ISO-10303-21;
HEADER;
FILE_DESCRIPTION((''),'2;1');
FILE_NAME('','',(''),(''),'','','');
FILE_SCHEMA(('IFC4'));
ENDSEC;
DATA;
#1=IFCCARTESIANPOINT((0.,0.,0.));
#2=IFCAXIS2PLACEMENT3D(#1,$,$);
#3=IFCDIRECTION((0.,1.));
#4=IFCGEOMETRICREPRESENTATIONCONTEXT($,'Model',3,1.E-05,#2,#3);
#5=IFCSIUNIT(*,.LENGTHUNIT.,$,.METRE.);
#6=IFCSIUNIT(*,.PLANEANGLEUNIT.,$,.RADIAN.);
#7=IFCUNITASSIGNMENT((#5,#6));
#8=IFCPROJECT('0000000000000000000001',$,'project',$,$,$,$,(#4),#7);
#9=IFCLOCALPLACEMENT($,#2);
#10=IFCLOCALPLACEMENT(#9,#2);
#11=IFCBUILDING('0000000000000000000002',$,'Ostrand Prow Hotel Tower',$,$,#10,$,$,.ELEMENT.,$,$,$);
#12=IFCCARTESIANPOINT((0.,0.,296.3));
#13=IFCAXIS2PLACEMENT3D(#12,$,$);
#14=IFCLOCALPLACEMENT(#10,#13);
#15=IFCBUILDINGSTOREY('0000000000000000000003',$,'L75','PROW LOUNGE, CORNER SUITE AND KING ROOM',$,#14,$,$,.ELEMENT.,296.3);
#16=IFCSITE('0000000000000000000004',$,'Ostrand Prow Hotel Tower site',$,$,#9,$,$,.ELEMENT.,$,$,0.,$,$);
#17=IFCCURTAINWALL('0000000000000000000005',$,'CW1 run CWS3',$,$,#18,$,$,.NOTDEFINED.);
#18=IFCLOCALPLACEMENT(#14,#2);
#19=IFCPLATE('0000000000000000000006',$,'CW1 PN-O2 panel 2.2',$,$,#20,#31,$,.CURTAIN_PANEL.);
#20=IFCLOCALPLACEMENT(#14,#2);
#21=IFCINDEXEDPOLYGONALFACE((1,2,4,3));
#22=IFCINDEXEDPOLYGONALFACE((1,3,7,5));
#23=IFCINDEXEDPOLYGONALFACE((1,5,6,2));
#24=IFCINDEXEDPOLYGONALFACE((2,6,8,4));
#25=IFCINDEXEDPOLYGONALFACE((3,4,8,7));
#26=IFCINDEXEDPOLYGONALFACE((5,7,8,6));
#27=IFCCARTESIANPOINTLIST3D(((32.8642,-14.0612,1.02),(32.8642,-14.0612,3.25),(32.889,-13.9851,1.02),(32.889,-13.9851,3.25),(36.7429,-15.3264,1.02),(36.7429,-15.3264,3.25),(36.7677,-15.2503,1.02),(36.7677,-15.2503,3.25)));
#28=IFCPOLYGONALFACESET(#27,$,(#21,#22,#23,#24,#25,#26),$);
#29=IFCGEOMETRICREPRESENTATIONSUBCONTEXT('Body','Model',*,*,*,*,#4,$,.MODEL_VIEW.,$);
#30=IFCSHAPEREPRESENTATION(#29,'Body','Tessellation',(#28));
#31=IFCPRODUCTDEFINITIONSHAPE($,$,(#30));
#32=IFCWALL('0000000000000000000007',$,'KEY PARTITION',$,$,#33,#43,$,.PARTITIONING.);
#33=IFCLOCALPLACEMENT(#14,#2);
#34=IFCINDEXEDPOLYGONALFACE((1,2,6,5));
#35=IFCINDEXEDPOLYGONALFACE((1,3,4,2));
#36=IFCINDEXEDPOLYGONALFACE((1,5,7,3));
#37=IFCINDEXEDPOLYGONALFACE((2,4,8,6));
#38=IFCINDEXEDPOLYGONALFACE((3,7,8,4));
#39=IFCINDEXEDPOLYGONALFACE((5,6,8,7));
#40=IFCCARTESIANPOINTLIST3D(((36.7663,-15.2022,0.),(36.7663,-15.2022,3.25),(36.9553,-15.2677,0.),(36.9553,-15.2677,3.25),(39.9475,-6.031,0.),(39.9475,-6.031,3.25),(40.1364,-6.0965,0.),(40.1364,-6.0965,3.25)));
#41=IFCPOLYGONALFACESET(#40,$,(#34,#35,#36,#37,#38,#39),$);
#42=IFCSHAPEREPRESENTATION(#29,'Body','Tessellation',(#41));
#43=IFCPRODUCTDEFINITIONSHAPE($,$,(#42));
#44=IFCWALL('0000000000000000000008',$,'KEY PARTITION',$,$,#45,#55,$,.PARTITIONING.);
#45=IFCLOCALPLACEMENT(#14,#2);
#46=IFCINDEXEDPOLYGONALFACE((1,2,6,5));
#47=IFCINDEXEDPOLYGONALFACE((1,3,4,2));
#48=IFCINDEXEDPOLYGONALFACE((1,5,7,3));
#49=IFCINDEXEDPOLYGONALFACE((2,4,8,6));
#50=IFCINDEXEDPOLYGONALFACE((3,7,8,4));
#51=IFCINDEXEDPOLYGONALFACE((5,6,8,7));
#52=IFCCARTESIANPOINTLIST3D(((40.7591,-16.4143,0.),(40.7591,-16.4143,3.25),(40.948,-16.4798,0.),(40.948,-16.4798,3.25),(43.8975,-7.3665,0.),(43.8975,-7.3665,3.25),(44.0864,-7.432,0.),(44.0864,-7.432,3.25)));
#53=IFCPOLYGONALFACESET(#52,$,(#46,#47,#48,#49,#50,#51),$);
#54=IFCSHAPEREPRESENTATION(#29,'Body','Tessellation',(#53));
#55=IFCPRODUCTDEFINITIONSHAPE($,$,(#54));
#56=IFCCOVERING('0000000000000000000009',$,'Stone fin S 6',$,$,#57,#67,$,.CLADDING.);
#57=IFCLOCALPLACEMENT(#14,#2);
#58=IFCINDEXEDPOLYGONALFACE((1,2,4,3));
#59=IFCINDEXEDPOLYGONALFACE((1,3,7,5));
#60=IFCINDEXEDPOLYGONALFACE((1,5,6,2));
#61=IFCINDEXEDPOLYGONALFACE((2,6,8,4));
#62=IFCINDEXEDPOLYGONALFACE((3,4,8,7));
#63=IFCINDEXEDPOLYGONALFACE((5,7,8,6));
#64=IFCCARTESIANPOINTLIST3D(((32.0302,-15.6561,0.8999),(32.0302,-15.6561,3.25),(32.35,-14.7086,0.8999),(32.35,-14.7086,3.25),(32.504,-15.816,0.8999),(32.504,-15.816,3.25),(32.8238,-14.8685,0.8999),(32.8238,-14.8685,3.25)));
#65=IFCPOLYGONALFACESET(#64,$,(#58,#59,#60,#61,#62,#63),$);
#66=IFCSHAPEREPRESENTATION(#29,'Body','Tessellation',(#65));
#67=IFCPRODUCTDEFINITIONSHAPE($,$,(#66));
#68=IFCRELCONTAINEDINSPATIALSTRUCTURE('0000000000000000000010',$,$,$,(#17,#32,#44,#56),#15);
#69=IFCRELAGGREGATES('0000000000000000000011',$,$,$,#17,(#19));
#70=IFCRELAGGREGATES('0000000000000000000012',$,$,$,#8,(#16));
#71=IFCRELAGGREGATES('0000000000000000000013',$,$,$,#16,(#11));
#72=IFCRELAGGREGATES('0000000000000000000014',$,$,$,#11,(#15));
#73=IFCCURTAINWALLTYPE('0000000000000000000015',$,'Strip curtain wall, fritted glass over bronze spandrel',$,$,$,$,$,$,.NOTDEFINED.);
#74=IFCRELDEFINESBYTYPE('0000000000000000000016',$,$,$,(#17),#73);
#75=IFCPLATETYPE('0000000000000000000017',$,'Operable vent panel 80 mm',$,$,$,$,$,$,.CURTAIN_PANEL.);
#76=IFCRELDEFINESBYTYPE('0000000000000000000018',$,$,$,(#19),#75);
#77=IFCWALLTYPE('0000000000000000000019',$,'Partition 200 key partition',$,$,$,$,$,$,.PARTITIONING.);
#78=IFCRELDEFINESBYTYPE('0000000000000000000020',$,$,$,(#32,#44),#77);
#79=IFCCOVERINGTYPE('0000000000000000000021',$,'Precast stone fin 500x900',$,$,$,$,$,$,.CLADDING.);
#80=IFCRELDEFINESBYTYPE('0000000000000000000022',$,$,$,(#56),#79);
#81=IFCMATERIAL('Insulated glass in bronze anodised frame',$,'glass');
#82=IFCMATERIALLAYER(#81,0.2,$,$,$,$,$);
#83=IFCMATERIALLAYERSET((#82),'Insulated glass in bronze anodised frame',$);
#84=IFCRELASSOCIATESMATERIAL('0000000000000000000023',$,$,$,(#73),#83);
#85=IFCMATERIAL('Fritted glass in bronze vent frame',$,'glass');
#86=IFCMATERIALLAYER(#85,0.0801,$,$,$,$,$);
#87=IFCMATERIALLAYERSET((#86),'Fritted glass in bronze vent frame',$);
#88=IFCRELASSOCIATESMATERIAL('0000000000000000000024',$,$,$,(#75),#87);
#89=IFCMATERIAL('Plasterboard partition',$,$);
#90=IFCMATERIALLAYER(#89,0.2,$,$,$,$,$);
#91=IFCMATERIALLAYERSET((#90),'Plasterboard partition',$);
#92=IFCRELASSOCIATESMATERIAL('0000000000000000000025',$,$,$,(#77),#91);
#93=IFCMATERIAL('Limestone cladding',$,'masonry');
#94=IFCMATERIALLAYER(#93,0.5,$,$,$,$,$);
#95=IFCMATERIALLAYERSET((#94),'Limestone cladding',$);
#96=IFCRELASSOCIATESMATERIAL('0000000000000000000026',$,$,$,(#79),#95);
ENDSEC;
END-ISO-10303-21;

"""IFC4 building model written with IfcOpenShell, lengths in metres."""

from ifc_helpers import new_model, si_unit, direction, frame, frame_2d, origin, origin_2d, place, context, subcontext, project, spatial, rectangle, extrude, material, layer, layer_set, type_object, element, aggregate, save


model = new_model("IFC4")

# Units and contexts
model_context = context("Model", 3, precision=1e-05, world=origin(), true_north=direction((0.0, 1.0)))
body_context = subcontext(model_context, "Body", "Model", "MODEL_VIEW")
ifc_project = project(units=[si_unit("LENGTHUNIT", "METRE"), si_unit("PLANEANGLEUNIT", "RADIAN")], contexts=[model_context])

# Site, building, storey
site_placement = place(None, origin())
site = spatial("IfcSite", under=ifc_project, at=site_placement, Name="Ostrand Prow Hotel Tower site", CompositionType="ELEMENT", RefElevation=0.0)
building_placement = place(site_placement, origin())
building = spatial("IfcBuilding", under=site, at=building_placement, Name="Ostrand Prow Hotel Tower", CompositionType="ELEMENT")
storey_placement = place(building_placement, frame((0.0, 0.0, 296.3)))
storey = spatial("IfcBuildingStorey", under=building, at=storey_placement, Name="L75", Description="PROW LOUNGE, CORNER SUITE AND KING ROOM", CompositionType="ELEMENT", Elevation=296.3)

# Shared definitions
ifc_material_1 = material(Name="Insulated glass in bronze anodised frame", Category="glass")
ifc_layer_1 = layer(ifc_material_1, 0.2)
ifc_layer_set_1 = layer_set([ifc_layer_1], Name="Insulated glass in bronze anodised frame")
curtain_wall_type = type_object("IfcCurtainWallType", Name="Strip curtain wall, fritted glass over bronze spandrel", PredefinedType="NOTDEFINED", material=ifc_layer_set_1)

# Curtain wall
curtain_wall_1_placement = place(storey_placement, origin())
curtain_wall_1 = element("IfcCurtainWall", 1, at=curtain_wall_1_placement, inside=storey, type_object=curtain_wall_type, Name="CW1 run CWS3", PredefinedType="NOTDEFINED")

# Plate
ifc_material_2 = material(Name="Fritted glass in bronze vent frame", Category="glass")
ifc_layer_2 = layer(ifc_material_2, 0.0801)
ifc_layer_set_2 = layer_set([ifc_layer_2], Name="Fritted glass in bronze vent frame")
plate_type_1 = type_object("IfcPlateType", Name="Operable vent panel 80 mm", PredefinedType="CURTAIN_PANEL", material=ifc_layer_set_2)
plate_1_placement = place(storey_placement, frame((34.8159, -14.6558, 1.02), z_axis=(0.0, 0.0, 1.0), x_axis=(0.9507, -0.310111, 0.0)))
plate_1 = element("IfcPlate", 2, at=plate_1_placement, type_object=plate_type_1, Name="CW1 PN-O2 panel 2.2", PredefinedType="CURTAIN_PANEL", context=body_context, shape_type="SweptSolid", body=[
    extrude(rectangle(XDim=4.0798, YDim=0.0801, at=origin_2d()), origin(), (0.0, 0.0, 1.0), 2.23),
])
aggregate(curtain_wall_1, [plate_1])

# Walls
ifc_material_3 = material(Name="Plasterboard partition")
ifc_layer_3 = layer(ifc_material_3, 0.2)
ifc_layer_set_3 = layer_set([ifc_layer_3], Name="Plasterboard partition")
wall_type = type_object("IfcWallType", Name="Partition 200 key partition", PredefinedType="PARTITIONING", material=ifc_layer_set_3)
wall_1_placement = place(storey_placement, frame((36.8608, -15.2349, 0.0), z_axis=(0.0, 0.0, 1.0), x_axis=(0.327711, 0.944778, 0.0)))
element("IfcWall", 3, at=wall_1_placement, inside=storey, type_object=wall_type, Name="KEY PARTITION", PredefinedType="PARTITIONING", context=body_context, shape_type="SweptSolid", body=[
    extrude(rectangle(XDim=9.7073, YDim=0.2, at=frame_2d((4.8535, 0.0))), origin(), (0.0, 0.0, 1.0), 3.25),
])
wall_2_placement = place(storey_placement, frame((40.8535, -16.447, 0.0), z_axis=(0.0, 0.0, 1.0), x_axis=(0.327715, 0.944777, 0.0)))
element("IfcWall", 4, at=wall_2_placement, inside=storey, type_object=wall_type, Name="KEY PARTITION", PredefinedType="PARTITIONING", context=body_context, shape_type="SweptSolid", body=[
    extrude(rectangle(XDim=9.5767, YDim=0.2, at=frame_2d((4.7883, 0.0))), origin(), (0.0, 0.0, 1.0), 3.25),
])

# Covering
ifc_material_4 = material(Name="Limestone cladding", Category="masonry")
ifc_layer_4 = layer(ifc_material_4, 0.5)
ifc_layer_set_4 = layer_set([ifc_layer_4], Name="Limestone cladding")
covering_type = type_object("IfcCoveringType", Name="Precast stone fin 500x900", PredefinedType="CLADDING", material=ifc_layer_set_4)
covering_placement = place(storey_placement, frame((32.5869, -14.7886, 0.8999), z_axis=(0.0, 0.0, 1.0), x_axis=(-0.319814, -0.94748, 0.0)))
element("IfcCovering", 5, at=covering_placement, inside=storey, type_object=covering_type, Name="Stone fin S 6", PredefinedType="CLADDING", context=body_context, shape_type="SweptSolid", body=[
    extrude(rectangle(XDim=1.0, YDim=0.5, at=frame_2d((0.5, 0.0))), origin(), (0.0, 0.0, 1.0), 2.3501),
])

save(model, "model.ifc")
